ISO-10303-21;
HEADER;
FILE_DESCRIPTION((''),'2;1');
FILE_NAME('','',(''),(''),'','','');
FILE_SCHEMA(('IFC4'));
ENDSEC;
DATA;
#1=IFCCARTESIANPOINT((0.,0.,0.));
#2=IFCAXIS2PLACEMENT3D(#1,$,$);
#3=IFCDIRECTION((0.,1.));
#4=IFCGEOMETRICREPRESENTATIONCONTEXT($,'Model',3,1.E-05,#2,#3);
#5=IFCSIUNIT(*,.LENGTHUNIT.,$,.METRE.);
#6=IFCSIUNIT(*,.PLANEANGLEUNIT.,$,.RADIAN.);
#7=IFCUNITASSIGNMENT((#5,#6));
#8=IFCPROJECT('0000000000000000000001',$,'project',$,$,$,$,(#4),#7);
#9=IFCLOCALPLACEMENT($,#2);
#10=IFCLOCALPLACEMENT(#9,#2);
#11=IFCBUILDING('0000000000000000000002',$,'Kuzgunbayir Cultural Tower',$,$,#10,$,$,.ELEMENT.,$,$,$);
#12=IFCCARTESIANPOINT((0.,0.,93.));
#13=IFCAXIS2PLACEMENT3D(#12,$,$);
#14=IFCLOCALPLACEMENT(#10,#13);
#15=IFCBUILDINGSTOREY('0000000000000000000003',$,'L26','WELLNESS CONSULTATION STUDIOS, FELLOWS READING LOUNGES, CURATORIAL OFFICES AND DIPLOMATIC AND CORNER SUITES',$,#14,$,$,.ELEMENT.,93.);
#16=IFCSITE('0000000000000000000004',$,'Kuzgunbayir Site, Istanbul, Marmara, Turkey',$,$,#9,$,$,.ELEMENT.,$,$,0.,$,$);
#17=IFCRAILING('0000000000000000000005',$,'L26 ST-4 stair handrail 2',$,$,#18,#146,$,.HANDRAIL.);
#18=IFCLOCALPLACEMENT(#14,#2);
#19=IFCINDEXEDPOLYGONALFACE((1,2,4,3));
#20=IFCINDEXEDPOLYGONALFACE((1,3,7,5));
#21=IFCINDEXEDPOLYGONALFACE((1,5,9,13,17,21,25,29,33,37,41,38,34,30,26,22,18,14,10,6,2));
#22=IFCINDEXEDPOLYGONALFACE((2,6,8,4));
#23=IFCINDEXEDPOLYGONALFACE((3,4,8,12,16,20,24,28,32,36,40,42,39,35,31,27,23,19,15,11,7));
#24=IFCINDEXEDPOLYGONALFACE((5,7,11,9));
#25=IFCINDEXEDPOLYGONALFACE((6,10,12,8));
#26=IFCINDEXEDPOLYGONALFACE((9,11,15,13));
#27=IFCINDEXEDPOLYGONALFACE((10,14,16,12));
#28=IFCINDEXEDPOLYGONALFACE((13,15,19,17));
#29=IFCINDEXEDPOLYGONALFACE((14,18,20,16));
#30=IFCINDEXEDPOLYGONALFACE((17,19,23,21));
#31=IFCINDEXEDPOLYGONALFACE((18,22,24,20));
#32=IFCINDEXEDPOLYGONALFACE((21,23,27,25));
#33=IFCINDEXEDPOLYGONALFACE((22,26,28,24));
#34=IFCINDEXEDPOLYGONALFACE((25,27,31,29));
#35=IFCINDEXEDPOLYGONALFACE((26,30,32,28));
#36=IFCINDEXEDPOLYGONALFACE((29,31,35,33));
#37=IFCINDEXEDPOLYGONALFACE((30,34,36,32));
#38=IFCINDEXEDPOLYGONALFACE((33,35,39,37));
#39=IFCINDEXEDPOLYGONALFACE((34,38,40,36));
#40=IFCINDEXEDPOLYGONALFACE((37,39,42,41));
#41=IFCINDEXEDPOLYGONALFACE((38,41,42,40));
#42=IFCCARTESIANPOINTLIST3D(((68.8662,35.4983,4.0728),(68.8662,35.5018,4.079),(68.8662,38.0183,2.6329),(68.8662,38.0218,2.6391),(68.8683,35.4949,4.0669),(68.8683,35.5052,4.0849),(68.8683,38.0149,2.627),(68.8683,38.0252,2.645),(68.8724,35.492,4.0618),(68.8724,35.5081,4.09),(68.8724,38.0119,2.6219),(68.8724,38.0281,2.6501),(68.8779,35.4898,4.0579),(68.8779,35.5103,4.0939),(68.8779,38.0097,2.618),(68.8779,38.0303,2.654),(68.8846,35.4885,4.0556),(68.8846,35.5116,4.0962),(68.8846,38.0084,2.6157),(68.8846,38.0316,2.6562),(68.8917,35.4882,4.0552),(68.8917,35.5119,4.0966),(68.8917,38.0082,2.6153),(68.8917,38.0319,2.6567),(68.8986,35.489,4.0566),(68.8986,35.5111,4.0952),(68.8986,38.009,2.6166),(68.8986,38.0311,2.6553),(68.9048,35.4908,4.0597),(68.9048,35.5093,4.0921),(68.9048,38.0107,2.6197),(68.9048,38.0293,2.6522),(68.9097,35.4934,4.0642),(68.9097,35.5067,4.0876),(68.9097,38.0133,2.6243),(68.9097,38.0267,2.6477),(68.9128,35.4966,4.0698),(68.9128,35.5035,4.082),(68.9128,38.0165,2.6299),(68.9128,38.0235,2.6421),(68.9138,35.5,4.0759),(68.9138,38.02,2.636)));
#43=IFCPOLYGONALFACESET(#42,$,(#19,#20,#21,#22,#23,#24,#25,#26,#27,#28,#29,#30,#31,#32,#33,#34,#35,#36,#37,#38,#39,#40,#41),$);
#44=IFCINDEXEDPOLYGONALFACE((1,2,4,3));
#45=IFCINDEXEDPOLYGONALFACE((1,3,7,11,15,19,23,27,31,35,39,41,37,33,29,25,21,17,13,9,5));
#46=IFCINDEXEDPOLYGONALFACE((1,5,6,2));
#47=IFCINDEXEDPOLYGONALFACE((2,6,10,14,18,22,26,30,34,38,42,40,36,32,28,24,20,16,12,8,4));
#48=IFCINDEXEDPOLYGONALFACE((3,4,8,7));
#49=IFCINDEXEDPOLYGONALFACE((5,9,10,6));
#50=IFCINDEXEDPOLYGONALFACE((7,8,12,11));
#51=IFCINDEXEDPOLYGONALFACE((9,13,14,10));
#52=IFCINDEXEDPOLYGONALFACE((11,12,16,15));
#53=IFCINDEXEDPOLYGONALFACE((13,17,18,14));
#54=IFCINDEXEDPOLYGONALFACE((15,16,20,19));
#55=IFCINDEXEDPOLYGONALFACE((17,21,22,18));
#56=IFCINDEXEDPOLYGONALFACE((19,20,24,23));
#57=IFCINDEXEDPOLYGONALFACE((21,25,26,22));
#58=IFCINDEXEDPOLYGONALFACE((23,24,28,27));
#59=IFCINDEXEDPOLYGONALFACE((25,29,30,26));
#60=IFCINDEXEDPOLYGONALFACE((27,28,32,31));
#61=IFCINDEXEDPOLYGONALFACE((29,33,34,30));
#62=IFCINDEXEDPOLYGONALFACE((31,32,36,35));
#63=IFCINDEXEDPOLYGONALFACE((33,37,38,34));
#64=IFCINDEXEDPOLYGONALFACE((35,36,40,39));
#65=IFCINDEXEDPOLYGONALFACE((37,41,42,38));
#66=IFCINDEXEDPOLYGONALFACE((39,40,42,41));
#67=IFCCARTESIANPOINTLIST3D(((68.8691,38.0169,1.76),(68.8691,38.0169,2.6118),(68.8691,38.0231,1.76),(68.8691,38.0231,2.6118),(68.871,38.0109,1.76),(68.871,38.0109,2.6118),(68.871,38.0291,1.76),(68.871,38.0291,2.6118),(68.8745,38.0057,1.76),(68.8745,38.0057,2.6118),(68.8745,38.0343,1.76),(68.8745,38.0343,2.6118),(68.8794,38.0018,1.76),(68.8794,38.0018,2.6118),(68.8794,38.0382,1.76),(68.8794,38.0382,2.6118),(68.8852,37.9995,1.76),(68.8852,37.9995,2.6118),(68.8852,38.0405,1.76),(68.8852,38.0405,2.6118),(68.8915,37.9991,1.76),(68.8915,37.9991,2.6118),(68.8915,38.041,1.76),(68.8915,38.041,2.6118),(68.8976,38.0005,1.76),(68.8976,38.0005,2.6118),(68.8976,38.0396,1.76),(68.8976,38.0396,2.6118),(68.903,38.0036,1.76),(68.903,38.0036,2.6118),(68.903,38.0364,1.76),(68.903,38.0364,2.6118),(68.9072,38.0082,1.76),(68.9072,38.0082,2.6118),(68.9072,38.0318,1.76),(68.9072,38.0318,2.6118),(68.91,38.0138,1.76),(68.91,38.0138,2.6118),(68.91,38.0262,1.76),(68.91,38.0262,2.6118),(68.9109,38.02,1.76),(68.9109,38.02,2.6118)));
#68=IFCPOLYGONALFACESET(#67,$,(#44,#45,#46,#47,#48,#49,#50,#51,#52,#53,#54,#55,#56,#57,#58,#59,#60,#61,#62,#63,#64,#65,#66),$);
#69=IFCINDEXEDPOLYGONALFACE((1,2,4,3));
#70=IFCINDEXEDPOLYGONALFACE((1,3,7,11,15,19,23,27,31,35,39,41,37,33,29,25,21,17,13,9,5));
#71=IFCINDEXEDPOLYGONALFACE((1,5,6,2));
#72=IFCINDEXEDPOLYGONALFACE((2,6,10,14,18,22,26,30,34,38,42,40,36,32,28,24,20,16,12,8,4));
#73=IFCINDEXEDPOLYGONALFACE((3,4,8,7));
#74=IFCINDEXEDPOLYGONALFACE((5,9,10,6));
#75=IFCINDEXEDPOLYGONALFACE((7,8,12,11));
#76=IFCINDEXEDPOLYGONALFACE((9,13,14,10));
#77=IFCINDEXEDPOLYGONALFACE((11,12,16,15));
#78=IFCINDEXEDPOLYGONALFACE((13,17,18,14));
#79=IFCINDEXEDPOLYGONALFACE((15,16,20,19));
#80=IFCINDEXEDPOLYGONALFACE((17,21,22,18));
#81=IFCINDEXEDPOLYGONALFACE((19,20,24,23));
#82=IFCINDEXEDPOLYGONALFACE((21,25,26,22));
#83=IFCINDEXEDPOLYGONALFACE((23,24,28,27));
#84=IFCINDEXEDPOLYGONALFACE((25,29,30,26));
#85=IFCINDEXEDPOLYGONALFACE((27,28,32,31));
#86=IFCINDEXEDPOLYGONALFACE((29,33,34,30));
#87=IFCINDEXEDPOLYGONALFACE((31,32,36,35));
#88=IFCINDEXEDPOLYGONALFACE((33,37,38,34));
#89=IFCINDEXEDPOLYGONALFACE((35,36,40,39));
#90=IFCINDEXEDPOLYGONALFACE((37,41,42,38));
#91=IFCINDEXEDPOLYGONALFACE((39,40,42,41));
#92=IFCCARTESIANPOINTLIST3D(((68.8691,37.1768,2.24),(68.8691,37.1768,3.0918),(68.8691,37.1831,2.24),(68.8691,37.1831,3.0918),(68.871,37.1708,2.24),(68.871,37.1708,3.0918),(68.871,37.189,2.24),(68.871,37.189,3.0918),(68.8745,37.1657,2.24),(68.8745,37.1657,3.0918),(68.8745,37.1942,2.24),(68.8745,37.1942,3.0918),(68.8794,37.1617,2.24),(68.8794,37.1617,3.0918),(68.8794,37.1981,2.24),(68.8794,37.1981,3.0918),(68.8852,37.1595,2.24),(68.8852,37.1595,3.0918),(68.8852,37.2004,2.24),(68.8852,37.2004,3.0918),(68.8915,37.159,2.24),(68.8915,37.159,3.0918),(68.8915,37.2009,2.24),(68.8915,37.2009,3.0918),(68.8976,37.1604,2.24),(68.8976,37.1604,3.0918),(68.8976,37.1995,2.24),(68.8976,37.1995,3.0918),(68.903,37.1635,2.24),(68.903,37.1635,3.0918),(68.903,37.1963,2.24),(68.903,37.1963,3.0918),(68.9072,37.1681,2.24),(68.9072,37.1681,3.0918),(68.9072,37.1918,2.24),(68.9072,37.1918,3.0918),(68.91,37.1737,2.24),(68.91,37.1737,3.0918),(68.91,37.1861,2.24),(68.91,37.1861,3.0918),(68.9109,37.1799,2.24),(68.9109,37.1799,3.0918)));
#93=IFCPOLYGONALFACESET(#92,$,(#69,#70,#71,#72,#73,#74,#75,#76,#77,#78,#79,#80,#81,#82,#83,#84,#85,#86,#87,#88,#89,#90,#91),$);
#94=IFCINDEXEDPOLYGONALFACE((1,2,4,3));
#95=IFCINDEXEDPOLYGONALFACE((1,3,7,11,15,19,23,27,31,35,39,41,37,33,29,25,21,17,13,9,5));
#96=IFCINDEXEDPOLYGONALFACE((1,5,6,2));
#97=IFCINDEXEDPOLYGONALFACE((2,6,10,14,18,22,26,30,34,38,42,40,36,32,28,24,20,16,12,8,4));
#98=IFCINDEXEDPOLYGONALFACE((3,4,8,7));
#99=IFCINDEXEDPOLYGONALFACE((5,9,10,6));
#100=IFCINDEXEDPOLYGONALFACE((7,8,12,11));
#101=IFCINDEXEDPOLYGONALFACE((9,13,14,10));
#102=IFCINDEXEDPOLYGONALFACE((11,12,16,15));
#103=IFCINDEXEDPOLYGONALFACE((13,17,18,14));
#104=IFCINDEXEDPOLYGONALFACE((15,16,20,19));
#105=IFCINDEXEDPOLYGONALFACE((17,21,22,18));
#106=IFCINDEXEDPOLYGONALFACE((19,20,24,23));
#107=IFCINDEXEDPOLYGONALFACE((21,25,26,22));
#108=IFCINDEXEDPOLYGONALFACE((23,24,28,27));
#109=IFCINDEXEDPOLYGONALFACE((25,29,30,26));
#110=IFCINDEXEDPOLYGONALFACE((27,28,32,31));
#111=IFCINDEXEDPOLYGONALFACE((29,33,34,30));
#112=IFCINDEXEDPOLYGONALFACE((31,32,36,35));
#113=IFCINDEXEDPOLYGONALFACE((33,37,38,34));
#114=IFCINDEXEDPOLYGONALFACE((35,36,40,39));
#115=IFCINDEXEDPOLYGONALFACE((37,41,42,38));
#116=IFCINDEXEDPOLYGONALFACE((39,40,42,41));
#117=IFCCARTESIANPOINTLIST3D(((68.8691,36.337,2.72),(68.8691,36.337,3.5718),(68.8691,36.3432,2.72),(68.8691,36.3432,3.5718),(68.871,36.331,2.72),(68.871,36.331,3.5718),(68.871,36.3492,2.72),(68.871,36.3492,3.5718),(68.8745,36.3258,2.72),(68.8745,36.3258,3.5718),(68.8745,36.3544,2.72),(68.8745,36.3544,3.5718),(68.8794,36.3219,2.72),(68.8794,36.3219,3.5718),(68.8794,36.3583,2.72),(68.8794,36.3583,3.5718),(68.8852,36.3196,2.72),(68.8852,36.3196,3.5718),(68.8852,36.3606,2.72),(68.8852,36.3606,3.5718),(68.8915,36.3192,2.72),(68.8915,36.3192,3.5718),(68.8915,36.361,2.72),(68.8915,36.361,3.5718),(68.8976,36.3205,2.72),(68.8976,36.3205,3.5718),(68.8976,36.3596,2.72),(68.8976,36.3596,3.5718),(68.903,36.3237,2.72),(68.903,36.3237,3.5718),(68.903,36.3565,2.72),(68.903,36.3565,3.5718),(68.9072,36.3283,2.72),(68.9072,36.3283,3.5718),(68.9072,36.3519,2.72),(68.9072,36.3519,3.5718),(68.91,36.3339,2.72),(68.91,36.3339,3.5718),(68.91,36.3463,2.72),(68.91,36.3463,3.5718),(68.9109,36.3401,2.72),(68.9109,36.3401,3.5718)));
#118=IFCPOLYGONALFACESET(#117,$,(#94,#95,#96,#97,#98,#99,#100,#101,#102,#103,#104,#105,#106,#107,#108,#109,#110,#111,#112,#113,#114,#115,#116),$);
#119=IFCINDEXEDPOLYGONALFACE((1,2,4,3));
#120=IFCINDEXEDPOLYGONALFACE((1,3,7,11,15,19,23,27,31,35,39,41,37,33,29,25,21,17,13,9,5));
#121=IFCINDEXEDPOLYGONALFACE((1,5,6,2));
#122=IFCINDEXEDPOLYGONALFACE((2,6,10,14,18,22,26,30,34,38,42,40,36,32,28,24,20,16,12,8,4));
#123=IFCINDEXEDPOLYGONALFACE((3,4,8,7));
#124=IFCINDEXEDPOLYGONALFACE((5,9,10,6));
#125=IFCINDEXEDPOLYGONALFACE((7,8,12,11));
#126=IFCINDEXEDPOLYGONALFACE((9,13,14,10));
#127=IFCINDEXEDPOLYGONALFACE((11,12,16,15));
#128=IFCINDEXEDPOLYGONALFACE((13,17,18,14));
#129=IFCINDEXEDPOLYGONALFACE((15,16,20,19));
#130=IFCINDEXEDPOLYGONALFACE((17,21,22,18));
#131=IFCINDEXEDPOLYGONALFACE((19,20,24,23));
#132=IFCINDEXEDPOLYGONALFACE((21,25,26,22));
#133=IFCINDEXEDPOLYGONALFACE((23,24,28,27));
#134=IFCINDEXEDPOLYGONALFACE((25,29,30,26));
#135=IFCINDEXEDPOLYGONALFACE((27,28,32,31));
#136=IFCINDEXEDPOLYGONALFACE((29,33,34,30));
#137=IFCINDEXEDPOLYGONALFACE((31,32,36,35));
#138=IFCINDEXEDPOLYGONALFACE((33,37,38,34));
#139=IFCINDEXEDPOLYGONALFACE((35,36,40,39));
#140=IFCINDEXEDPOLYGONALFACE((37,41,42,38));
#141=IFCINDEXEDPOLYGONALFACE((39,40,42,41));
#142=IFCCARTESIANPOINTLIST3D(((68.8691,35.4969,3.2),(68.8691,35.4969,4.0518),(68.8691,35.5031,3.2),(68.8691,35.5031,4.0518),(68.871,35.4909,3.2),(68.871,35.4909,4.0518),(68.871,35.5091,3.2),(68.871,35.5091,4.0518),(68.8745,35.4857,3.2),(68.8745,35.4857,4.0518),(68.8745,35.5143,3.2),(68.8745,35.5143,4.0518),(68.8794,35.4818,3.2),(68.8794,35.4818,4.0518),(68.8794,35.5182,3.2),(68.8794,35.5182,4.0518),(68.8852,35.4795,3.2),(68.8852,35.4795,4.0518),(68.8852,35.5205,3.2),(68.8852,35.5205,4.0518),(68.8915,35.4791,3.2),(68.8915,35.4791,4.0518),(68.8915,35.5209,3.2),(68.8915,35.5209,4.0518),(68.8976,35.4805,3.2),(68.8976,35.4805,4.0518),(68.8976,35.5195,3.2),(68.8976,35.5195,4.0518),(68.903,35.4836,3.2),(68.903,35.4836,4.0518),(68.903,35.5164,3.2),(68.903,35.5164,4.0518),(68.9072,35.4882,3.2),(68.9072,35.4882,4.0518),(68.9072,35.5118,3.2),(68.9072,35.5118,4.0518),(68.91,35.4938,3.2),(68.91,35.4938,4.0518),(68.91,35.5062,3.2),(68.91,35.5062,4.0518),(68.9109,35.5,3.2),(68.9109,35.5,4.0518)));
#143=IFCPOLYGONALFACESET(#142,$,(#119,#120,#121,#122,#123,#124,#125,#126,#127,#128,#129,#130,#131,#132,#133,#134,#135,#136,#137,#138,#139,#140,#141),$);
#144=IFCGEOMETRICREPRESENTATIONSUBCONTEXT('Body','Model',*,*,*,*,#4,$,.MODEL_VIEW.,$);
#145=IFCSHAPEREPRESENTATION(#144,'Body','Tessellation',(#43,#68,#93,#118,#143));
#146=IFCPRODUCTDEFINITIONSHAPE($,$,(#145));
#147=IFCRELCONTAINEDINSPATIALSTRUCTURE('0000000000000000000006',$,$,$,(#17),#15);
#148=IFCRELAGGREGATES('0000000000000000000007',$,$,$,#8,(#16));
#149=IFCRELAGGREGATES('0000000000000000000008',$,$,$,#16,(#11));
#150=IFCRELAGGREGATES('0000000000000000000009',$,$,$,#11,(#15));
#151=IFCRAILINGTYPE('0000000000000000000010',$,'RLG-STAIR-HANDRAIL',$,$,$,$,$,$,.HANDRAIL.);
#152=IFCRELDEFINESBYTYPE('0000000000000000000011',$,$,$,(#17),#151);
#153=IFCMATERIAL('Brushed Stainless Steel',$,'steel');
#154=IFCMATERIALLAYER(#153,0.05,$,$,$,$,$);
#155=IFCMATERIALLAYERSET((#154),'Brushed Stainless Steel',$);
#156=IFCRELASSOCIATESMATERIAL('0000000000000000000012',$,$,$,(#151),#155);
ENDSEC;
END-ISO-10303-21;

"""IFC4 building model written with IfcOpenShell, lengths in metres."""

from ifc_helpers import new_model, si_unit, direction, frame, origin, origin_2d, place, context, subcontext, project, spatial, circle, extrude, material, layer, layer_set, type_object, element, save


model = new_model("IFC4")

# Units and contexts
model_context = context("Model", 3, precision=1e-05, world=origin(), true_north=direction((0.0, 1.0)))
body_context = subcontext(model_context, "Body", "Model", "MODEL_VIEW")
ifc_project = project(units=[si_unit("LENGTHUNIT", "METRE"), si_unit("PLANEANGLEUNIT", "RADIAN")], contexts=[model_context])

# Site, building, storey
site_placement = place(None, origin())
site = spatial("IfcSite", under=ifc_project, at=site_placement, Name="Kuzgunbayir Site, Istanbul, Marmara, Turkey", CompositionType="ELEMENT", RefElevation=0.0)
building_placement = place(site_placement, origin())
building = spatial("IfcBuilding", under=site, at=building_placement, Name="Kuzgunbayir Cultural Tower", CompositionType="ELEMENT")
storey_placement = place(building_placement, frame((0.0, 0.0, 93.0)))
storey = spatial("IfcBuildingStorey", under=building, at=storey_placement, Name="L26", Description="WELLNESS CONSULTATION STUDIOS, FELLOWS READING LOUNGES, CURATORIAL OFFICES AND DIPLOMATIC AND CORNER SUITES", CompositionType="ELEMENT", Elevation=93.0)

# Shared definitions
ifc_material_1 = material(Name="Brushed Stainless Steel", Category="steel")

# Railing
ifc_layer_1 = layer(ifc_material_1, 0.05)
ifc_layer_set_1 = layer_set([ifc_layer_1], Name="Brushed Stainless Steel")
railing_type = type_object("IfcRailingType", Name="RLG-STAIR-HANDRAIL", PredefinedType="HANDRAIL", material=ifc_layer_set_1)
railing_placement = place(storey_placement, frame((68.8899, 38.02, 1.76)))
element("IfcRailing", 1, at=railing_placement, inside=storey, type_object=railing_type, Name="L26 ST-4 stair handrail 2", PredefinedType="HANDRAIL", context=body_context, shape_type="SweptSolid", body=[
    extrude(circle(Radius=0.0239, at=origin_2d()), frame((0.0, 0.0, 0.876), z_axis=(0.0, -0.868253, 0.496121), x_axis=(1.0, 0.0, 0.0)), (0.0, 0.0, 1.0), 2.9023),
    extrude(circle(Radius=0.021, at=origin_2d()), origin(), (0.0, 0.0, 1.0), 0.8518),
    extrude(circle(Radius=0.021, at=origin_2d()), frame((0.0, -0.8401, 0.48)), (0.0, 0.0, 1.0), 0.8518),
    extrude(circle(Radius=0.021, at=origin_2d()), frame((0.0, -1.6799, 0.96)), (0.0, 0.0, 1.0), 0.8518),
    extrude(circle(Radius=0.021, at=origin_2d()), frame((0.0, -2.52, 1.4399)), (0.0, 0.0, 1.0), 0.8518),
])

save(model, "model.ifc")
